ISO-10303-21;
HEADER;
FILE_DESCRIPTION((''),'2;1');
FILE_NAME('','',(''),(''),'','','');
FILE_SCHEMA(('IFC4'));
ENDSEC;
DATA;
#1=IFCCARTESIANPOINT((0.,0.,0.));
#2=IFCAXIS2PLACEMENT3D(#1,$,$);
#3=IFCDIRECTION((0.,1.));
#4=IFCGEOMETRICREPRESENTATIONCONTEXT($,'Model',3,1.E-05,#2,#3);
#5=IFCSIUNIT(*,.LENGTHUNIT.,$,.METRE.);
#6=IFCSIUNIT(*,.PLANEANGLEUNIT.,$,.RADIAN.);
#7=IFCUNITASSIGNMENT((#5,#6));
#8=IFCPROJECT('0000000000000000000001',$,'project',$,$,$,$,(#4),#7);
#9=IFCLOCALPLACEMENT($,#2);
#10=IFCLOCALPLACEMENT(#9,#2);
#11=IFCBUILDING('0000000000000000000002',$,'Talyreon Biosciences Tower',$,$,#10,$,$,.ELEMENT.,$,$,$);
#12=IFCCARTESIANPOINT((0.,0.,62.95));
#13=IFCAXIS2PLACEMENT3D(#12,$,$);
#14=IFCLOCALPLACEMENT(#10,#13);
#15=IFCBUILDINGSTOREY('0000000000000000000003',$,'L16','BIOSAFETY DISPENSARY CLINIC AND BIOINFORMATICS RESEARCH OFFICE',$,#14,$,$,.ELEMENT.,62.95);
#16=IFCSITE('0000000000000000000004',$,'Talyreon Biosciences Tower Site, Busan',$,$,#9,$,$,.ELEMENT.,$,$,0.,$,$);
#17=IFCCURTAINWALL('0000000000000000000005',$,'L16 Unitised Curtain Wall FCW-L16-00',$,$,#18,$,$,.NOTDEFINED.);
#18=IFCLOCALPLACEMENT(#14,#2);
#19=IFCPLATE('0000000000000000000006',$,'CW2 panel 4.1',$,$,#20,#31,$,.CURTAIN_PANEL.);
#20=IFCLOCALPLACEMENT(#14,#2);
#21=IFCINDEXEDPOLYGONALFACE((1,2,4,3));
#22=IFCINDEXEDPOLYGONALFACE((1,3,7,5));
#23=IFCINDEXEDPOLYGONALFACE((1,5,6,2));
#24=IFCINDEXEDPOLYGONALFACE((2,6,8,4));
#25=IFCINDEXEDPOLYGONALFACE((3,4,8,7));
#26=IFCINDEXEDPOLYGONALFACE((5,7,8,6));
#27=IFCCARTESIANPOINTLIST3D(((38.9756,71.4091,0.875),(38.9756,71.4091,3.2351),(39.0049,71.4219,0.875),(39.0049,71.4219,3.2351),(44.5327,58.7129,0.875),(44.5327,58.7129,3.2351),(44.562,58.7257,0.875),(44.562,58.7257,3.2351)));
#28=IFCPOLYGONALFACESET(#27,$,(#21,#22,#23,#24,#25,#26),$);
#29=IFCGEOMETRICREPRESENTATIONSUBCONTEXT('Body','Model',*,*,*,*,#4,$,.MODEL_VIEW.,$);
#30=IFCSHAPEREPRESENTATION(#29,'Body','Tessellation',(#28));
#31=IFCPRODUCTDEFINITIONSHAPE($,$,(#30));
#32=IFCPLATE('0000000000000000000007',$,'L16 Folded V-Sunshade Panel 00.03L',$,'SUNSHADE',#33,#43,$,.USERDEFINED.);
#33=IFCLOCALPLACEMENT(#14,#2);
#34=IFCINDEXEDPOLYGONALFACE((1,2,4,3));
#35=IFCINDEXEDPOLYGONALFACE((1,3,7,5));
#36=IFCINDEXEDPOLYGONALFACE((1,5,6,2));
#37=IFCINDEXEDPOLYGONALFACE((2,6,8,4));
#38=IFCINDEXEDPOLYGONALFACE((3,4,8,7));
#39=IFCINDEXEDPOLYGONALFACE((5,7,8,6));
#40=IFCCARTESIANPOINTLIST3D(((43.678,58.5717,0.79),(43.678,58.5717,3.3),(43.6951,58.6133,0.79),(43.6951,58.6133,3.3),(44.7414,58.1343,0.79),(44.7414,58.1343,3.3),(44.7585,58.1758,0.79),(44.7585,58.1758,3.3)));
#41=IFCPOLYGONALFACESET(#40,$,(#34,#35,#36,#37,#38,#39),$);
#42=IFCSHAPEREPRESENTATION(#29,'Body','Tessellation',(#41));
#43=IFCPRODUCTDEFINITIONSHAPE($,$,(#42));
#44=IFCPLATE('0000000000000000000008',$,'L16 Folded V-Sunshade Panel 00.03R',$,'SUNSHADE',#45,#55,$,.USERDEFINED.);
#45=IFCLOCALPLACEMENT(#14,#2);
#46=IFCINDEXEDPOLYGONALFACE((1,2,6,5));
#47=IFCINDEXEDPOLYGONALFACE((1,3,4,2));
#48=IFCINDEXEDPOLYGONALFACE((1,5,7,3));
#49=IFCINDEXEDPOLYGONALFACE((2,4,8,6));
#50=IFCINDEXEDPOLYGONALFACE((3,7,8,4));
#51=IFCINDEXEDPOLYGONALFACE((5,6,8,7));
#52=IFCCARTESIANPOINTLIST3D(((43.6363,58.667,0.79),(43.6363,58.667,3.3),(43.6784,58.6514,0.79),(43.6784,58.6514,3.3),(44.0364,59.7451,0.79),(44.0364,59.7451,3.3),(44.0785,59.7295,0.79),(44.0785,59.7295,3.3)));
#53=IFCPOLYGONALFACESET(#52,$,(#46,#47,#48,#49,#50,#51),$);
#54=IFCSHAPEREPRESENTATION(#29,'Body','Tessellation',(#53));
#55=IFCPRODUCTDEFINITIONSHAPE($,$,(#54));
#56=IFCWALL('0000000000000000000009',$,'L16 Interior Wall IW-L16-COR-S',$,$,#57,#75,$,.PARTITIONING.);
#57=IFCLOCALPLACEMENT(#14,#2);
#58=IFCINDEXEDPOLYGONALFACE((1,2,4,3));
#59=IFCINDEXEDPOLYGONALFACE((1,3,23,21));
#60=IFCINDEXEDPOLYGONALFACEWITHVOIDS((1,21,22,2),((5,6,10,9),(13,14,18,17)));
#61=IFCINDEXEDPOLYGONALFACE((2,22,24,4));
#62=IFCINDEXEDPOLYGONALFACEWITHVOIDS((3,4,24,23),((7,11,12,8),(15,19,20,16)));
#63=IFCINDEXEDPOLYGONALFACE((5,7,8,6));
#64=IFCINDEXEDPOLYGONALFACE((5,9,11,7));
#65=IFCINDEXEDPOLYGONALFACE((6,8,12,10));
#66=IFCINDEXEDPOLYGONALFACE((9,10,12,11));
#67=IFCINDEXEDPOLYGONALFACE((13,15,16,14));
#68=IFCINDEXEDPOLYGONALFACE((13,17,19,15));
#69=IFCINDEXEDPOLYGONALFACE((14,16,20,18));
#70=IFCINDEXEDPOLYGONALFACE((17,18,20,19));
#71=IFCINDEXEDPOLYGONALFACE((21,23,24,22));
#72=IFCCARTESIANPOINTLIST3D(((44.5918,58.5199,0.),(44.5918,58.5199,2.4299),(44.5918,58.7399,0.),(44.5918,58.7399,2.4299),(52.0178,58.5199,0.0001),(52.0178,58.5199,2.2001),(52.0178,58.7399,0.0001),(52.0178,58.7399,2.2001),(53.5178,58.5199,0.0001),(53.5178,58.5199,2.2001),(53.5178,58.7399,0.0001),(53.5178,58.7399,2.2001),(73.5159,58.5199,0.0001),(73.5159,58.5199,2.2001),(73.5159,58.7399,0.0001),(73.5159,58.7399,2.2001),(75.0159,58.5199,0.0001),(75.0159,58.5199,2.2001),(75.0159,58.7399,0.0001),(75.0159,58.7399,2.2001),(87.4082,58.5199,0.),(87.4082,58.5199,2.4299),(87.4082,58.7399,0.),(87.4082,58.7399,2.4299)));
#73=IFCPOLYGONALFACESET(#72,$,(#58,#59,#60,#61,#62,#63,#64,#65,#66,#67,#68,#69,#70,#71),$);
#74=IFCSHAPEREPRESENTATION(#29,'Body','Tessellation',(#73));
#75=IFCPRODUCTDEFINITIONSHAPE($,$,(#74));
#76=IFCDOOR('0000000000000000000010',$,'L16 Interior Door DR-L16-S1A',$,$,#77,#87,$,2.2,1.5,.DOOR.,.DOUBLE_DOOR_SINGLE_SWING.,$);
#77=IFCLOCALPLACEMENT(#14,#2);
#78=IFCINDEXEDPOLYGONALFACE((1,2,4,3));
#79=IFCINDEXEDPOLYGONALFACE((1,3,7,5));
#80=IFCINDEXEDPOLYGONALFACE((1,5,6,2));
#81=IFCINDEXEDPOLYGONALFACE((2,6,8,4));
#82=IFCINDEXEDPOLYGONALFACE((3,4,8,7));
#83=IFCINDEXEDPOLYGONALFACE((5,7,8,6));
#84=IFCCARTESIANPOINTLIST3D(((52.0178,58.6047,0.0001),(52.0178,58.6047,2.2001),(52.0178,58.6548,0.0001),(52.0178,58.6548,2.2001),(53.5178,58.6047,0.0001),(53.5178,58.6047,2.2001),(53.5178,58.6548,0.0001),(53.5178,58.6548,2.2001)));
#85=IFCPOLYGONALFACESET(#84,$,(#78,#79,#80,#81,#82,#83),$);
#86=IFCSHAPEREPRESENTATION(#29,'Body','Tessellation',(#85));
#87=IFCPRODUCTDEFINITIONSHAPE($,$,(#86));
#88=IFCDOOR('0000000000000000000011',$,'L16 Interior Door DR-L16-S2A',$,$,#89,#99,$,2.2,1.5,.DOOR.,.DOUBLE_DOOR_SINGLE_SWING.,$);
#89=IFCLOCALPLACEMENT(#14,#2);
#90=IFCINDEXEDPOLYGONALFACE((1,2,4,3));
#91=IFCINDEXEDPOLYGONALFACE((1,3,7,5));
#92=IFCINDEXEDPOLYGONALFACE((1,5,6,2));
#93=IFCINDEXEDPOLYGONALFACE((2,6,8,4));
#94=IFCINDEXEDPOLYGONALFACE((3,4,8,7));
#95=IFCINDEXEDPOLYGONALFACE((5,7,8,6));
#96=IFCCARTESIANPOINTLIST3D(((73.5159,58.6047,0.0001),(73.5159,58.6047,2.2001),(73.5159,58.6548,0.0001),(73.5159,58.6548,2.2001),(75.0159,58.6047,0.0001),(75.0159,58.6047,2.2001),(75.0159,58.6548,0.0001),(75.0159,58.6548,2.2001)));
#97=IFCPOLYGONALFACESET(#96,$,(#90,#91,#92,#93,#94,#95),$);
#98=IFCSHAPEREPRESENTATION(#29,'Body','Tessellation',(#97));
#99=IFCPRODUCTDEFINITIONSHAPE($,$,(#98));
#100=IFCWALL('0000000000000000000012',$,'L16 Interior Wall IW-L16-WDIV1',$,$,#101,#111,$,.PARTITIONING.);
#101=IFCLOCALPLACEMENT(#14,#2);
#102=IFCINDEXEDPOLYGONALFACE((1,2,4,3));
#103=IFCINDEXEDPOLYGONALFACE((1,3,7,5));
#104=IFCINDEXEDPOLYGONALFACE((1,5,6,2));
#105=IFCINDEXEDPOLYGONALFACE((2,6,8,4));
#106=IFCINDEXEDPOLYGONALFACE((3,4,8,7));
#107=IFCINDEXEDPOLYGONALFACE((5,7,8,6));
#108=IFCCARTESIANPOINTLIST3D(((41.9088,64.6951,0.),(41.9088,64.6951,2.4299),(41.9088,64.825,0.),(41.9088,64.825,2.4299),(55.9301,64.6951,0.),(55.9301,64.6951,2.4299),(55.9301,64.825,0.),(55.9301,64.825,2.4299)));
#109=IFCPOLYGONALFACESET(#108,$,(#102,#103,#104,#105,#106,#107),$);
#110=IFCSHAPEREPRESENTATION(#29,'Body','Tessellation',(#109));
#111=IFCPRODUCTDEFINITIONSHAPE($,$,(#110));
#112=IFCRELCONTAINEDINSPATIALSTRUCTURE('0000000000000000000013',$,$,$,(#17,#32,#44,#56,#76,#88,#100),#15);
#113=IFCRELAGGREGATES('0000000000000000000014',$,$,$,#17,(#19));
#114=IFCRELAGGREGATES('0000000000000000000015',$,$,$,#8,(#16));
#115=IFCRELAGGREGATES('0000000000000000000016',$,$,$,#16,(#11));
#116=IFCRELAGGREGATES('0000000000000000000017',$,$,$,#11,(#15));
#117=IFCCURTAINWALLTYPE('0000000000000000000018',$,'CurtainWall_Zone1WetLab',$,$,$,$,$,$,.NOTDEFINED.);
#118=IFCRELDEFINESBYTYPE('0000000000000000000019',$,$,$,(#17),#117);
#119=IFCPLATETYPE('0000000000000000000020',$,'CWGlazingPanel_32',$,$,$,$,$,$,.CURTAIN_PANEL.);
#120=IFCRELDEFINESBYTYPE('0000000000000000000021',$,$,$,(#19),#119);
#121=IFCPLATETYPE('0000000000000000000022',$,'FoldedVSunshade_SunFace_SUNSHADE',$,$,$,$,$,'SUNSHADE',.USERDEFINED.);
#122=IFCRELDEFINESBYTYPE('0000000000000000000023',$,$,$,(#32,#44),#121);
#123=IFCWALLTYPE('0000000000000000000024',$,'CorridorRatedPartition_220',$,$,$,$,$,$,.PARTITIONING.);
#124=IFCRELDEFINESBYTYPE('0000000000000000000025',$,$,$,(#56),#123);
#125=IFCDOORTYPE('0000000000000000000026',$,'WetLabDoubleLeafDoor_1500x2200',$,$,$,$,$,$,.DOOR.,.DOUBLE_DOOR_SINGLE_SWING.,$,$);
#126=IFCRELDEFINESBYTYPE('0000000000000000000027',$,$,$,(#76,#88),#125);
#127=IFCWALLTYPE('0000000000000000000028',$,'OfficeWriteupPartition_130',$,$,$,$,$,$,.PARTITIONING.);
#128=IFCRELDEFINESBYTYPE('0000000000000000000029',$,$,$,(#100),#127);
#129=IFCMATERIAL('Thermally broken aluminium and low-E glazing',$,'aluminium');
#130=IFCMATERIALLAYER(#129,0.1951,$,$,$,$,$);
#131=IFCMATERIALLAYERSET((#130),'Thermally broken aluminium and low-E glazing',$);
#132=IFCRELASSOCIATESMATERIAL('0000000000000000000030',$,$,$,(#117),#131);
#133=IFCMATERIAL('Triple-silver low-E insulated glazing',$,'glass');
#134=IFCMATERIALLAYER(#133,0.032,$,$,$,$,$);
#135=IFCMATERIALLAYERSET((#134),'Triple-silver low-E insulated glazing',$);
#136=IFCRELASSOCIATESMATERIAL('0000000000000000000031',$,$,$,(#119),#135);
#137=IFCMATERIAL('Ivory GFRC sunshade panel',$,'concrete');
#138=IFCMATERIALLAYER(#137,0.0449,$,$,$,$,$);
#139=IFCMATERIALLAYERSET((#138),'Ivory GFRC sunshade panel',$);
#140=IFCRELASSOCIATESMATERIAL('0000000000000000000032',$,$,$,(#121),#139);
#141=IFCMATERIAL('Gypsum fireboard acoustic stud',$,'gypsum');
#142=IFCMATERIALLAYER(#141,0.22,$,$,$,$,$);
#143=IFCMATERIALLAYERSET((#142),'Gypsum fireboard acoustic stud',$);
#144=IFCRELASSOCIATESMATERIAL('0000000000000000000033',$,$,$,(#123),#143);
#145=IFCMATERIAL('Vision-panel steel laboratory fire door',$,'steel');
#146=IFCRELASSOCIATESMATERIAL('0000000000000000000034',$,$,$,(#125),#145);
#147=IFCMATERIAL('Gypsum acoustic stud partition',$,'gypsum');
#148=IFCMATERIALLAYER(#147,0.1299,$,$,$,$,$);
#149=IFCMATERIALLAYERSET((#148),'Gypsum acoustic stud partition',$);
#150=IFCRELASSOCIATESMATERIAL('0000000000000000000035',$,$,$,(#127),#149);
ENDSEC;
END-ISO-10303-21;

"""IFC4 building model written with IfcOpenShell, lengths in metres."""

from ifc_helpers import new_model, si_unit, direction, frame, frame_2d, origin, origin_2d, place, context, subcontext, project, spatial, rectangle, extrude, material, layer, layer_set, type_object, element, fill, aggregate, save


model = new_model("IFC4")

# Units and contexts
model_context = context("Model", 3, precision=1e-05, world=origin(), true_north=direction((0.0, 1.0)))
body_context = subcontext(model_context, "Body", "Model", "MODEL_VIEW")
ifc_project = project(units=[si_unit("LENGTHUNIT", "METRE"), si_unit("PLANEANGLEUNIT", "RADIAN")], contexts=[model_context])

# Site, building, storey
site_placement = place(None, origin())
site = spatial("IfcSite", under=ifc_project, at=site_placement, Name="Talyreon Biosciences Tower Site, Busan", CompositionType="ELEMENT", RefElevation=0.0)
building_placement = place(site_placement, origin())
building = spatial("IfcBuilding", under=site, at=building_placement, Name="Talyreon Biosciences Tower", CompositionType="ELEMENT")
storey_placement = place(building_placement, frame((0.0, 0.0, 62.95)))
storey = spatial("IfcBuildingStorey", under=building, at=storey_placement, Name="L16", Description="BIOSAFETY DISPENSARY CLINIC AND BIOINFORMATICS RESEARCH OFFICE", CompositionType="ELEMENT", Elevation=62.95)

# Curtain wall
ifc_material_1 = material(Name="Thermally broken aluminium and low-E glazing", Category="aluminium")
ifc_layer_1 = layer(ifc_material_1, 0.1951)
ifc_layer_set_1 = layer_set([ifc_layer_1], Name="Thermally broken aluminium and low-E glazing")
curtain_wall_type = type_object("IfcCurtainWallType", Name="CurtainWall_Zone1WetLab", PredefinedType="NOTDEFINED", material=ifc_layer_set_1)
curtain_wall_placement = place(storey_placement, origin())
curtain_wall = element("IfcCurtainWall", 1, at=curtain_wall_placement, inside=storey, type_object=curtain_wall_type, Name="L16 Unitised Curtain Wall FCW-L16-00", PredefinedType="NOTDEFINED")

# Plate
ifc_material_2 = material(Name="Triple-silver low-E insulated glazing", Category="glass")
ifc_layer_2 = layer(ifc_material_2, 0.032)
ifc_layer_set_2 = layer_set([ifc_layer_2], Name="Triple-silver low-E insulated glazing")
plate_type_1 = type_object("IfcPlateType", Name="CWGlazingPanel_32", PredefinedType="CURTAIN_PANEL", material=ifc_layer_set_2)
plate_placement = place(storey_placement, frame((41.7688, 65.0674, 0.875), z_axis=(0.0, 0.0, 1.0), x_axis=(-0.400968, 0.916092, 0.0)))
plate = element("IfcPlate", 2, at=plate_placement, type_object=plate_type_1, Name="CW2 panel 4.1", PredefinedType="CURTAIN_PANEL", context=body_context, shape_type="SweptSolid", body=[
    extrude(rectangle(XDim=13.8591, YDim=0.032, at=origin_2d()), origin(), (0.0, 0.0, 1.0), 2.3601),
])
aggregate(curtain_wall, [plate])

# Plates
ifc_material_3 = material(Name="Ivory GFRC sunshade panel", Category="concrete")
ifc_layer_3 = layer(ifc_material_3, 0.0449)
ifc_layer_set_3 = layer_set([ifc_layer_3], Name="Ivory GFRC sunshade panel")
plate_type_2 = type_object("IfcPlateType", Name="FoldedVSunshade_SunFace_SUNSHADE", ElementType="SUNSHADE", PredefinedType="USERDEFINED", material=ifc_layer_set_3)
for number, where, z_axis, x_axis, name in (
    (3, (44.2183, 58.3738, 0.79), (0.0, 0.0, 1.0), (-0.924805, 0.380441, 0.0), "L16 Folded V-Sunshade Panel 00.03L"),
    (4, (43.8574, 59.1982, 0.79), (0.0, 0.0, 1.0), (0.347934, 0.937519, 0.0), "L16 Folded V-Sunshade Panel 00.03R"),
):
    element("IfcPlate", number, at=place(storey_placement, frame(where, z_axis=z_axis, x_axis=x_axis)), inside=storey, type_object=plate_type_2, Name=name, ObjectType="SUNSHADE", PredefinedType="USERDEFINED", context=body_context, shape_type="SweptSolid", body=[
        extrude(rectangle(XDim=1.1499, YDim=0.0449, at=origin_2d()), origin(), (0.0, 0.0, 1.0), 2.51),
    ])

# Wall, openings, doors
ifc_material_4 = material(Name="Gypsum fireboard acoustic stud", Category="gypsum")
ifc_layer_4 = layer(ifc_material_4, 0.22)
ifc_layer_set_4 = layer_set([ifc_layer_4], Name="Gypsum fireboard acoustic stud")
wall_type_1 = type_object("IfcWallType", Name="CorridorRatedPartition_220", PredefinedType="PARTITIONING", material=ifc_layer_set_4)
wall_1_placement = place(storey_placement, frame((44.5918, 58.6299, 0.0), z_axis=(0.0, 0.0, 1.0), x_axis=(1.0, 0.0, 0.0)))
wall_1 = element("IfcWall", 5, at=wall_1_placement, inside=storey, type_object=wall_type_1, Name="L16 Interior Wall IW-L16-COR-S", PredefinedType="PARTITIONING", context=body_context, shape_type="SweptSolid", body=[
    extrude(rectangle(XDim=42.8164, YDim=0.22, at=frame_2d((21.4082, 0.0))), origin(), (0.0, 0.0, 1.0), 2.4299),
])
opening_1_placement = place(wall_1_placement, frame((7.426, 0.0, 0.0)))
opening_1 = element("IfcOpeningElement", 6, at=opening_1_placement, cuts=wall_1, PredefinedType="OPENING", context=body_context, shape_type="SweptSolid", body=[
    extrude(rectangle(XDim=1.5, YDim=2.2, at=frame_2d((0.75, 1.1001))), frame((0.0, 0.1199, 0.0), z_axis=(0.0, -1.0, 0.0), x_axis=(1.0, 0.0, 0.0)), (0.0, 0.0, 1.0), 0.24),
])
opening_2_placement = place(wall_1_placement, frame((28.9241, 0.0, 0.0)))
opening_2 = element("IfcOpeningElement", 7, at=opening_2_placement, cuts=wall_1, PredefinedType="OPENING", context=body_context, shape_type="SweptSolid", body=[
    extrude(rectangle(XDim=1.5, YDim=2.2, at=frame_2d((0.75, 1.1001))), frame((0.0, 0.1199, 0.0), z_axis=(0.0, -1.0, 0.0), x_axis=(1.0, 0.0, 0.0)), (0.0, 0.0, 1.0), 0.24),
])
ifc_material_5 = material(Name="Vision-panel steel laboratory fire door", Category="steel")
door_type = type_object("IfcDoorType", Name="WetLabDoubleLeafDoor_1500x2200", OperationType="DOUBLE_DOOR_SINGLE_SWING", PredefinedType="DOOR", material=ifc_material_5)
door_1_placement = place(opening_1_placement, origin())
door_1 = element("IfcDoor", 8, at=door_1_placement, inside=storey, type_object=door_type, Name="L16 Interior Door DR-L16-S1A", OperationType="DOUBLE_DOOR_SINGLE_SWING", OverallHeight=2.2, OverallWidth=1.5, PredefinedType="DOOR", context=body_context, shape_type="SweptSolid", body=[
    extrude(rectangle(XDim=1.5, YDim=2.2, at=frame_2d((0.75, 1.1001))), frame((0.0, 0.0249, 0.0), z_axis=(0.0, -1.0, 0.0), x_axis=(1.0, 0.0, 0.0)), (0.0, 0.0, 1.0), 0.05),
])
fill(opening_1, door_1)
door_2_placement = place(opening_2_placement, origin())
door_2 = element("IfcDoor", 9, at=door_2_placement, inside=storey, type_object=door_type, Name="L16 Interior Door DR-L16-S2A", OperationType="DOUBLE_DOOR_SINGLE_SWING", OverallHeight=2.2, OverallWidth=1.5, PredefinedType="DOOR", context=body_context, shape_type="SweptSolid", body=[
    extrude(rectangle(XDim=1.5, YDim=2.2, at=frame_2d((0.75, 1.1001))), frame((0.0, 0.0249, 0.0), z_axis=(0.0, -1.0, 0.0), x_axis=(1.0, 0.0, 0.0)), (0.0, 0.0, 1.0), 0.05),
])
fill(opening_2, door_2)

# Wall
ifc_material_6 = material(Name="Gypsum acoustic stud partition", Category="gypsum")
ifc_layer_5 = layer(ifc_material_6, 0.1299)
ifc_layer_set_5 = layer_set([ifc_layer_5], Name="Gypsum acoustic stud partition")
wall_type_2 = type_object("IfcWallType", Name="OfficeWriteupPartition_130", PredefinedType="PARTITIONING", material=ifc_layer_set_5)
wall_2_placement = place(storey_placement, frame((41.9087, 64.76, 0.0), z_axis=(0.0, 0.0, 1.0), x_axis=(1.0, 0.0, 0.0)))
element("IfcWall", 10, at=wall_2_placement, inside=storey, type_object=wall_type_2, Name="L16 Interior Wall IW-L16-WDIV1", PredefinedType="PARTITIONING", context=body_context, shape_type="SweptSolid", body=[
    extrude(rectangle(XDim=14.0212, YDim=0.1299, at=frame_2d((7.0107, 0.0))), origin(), (0.0, 0.0, 1.0), 2.4299),
])

save(model, "model.ifc")
